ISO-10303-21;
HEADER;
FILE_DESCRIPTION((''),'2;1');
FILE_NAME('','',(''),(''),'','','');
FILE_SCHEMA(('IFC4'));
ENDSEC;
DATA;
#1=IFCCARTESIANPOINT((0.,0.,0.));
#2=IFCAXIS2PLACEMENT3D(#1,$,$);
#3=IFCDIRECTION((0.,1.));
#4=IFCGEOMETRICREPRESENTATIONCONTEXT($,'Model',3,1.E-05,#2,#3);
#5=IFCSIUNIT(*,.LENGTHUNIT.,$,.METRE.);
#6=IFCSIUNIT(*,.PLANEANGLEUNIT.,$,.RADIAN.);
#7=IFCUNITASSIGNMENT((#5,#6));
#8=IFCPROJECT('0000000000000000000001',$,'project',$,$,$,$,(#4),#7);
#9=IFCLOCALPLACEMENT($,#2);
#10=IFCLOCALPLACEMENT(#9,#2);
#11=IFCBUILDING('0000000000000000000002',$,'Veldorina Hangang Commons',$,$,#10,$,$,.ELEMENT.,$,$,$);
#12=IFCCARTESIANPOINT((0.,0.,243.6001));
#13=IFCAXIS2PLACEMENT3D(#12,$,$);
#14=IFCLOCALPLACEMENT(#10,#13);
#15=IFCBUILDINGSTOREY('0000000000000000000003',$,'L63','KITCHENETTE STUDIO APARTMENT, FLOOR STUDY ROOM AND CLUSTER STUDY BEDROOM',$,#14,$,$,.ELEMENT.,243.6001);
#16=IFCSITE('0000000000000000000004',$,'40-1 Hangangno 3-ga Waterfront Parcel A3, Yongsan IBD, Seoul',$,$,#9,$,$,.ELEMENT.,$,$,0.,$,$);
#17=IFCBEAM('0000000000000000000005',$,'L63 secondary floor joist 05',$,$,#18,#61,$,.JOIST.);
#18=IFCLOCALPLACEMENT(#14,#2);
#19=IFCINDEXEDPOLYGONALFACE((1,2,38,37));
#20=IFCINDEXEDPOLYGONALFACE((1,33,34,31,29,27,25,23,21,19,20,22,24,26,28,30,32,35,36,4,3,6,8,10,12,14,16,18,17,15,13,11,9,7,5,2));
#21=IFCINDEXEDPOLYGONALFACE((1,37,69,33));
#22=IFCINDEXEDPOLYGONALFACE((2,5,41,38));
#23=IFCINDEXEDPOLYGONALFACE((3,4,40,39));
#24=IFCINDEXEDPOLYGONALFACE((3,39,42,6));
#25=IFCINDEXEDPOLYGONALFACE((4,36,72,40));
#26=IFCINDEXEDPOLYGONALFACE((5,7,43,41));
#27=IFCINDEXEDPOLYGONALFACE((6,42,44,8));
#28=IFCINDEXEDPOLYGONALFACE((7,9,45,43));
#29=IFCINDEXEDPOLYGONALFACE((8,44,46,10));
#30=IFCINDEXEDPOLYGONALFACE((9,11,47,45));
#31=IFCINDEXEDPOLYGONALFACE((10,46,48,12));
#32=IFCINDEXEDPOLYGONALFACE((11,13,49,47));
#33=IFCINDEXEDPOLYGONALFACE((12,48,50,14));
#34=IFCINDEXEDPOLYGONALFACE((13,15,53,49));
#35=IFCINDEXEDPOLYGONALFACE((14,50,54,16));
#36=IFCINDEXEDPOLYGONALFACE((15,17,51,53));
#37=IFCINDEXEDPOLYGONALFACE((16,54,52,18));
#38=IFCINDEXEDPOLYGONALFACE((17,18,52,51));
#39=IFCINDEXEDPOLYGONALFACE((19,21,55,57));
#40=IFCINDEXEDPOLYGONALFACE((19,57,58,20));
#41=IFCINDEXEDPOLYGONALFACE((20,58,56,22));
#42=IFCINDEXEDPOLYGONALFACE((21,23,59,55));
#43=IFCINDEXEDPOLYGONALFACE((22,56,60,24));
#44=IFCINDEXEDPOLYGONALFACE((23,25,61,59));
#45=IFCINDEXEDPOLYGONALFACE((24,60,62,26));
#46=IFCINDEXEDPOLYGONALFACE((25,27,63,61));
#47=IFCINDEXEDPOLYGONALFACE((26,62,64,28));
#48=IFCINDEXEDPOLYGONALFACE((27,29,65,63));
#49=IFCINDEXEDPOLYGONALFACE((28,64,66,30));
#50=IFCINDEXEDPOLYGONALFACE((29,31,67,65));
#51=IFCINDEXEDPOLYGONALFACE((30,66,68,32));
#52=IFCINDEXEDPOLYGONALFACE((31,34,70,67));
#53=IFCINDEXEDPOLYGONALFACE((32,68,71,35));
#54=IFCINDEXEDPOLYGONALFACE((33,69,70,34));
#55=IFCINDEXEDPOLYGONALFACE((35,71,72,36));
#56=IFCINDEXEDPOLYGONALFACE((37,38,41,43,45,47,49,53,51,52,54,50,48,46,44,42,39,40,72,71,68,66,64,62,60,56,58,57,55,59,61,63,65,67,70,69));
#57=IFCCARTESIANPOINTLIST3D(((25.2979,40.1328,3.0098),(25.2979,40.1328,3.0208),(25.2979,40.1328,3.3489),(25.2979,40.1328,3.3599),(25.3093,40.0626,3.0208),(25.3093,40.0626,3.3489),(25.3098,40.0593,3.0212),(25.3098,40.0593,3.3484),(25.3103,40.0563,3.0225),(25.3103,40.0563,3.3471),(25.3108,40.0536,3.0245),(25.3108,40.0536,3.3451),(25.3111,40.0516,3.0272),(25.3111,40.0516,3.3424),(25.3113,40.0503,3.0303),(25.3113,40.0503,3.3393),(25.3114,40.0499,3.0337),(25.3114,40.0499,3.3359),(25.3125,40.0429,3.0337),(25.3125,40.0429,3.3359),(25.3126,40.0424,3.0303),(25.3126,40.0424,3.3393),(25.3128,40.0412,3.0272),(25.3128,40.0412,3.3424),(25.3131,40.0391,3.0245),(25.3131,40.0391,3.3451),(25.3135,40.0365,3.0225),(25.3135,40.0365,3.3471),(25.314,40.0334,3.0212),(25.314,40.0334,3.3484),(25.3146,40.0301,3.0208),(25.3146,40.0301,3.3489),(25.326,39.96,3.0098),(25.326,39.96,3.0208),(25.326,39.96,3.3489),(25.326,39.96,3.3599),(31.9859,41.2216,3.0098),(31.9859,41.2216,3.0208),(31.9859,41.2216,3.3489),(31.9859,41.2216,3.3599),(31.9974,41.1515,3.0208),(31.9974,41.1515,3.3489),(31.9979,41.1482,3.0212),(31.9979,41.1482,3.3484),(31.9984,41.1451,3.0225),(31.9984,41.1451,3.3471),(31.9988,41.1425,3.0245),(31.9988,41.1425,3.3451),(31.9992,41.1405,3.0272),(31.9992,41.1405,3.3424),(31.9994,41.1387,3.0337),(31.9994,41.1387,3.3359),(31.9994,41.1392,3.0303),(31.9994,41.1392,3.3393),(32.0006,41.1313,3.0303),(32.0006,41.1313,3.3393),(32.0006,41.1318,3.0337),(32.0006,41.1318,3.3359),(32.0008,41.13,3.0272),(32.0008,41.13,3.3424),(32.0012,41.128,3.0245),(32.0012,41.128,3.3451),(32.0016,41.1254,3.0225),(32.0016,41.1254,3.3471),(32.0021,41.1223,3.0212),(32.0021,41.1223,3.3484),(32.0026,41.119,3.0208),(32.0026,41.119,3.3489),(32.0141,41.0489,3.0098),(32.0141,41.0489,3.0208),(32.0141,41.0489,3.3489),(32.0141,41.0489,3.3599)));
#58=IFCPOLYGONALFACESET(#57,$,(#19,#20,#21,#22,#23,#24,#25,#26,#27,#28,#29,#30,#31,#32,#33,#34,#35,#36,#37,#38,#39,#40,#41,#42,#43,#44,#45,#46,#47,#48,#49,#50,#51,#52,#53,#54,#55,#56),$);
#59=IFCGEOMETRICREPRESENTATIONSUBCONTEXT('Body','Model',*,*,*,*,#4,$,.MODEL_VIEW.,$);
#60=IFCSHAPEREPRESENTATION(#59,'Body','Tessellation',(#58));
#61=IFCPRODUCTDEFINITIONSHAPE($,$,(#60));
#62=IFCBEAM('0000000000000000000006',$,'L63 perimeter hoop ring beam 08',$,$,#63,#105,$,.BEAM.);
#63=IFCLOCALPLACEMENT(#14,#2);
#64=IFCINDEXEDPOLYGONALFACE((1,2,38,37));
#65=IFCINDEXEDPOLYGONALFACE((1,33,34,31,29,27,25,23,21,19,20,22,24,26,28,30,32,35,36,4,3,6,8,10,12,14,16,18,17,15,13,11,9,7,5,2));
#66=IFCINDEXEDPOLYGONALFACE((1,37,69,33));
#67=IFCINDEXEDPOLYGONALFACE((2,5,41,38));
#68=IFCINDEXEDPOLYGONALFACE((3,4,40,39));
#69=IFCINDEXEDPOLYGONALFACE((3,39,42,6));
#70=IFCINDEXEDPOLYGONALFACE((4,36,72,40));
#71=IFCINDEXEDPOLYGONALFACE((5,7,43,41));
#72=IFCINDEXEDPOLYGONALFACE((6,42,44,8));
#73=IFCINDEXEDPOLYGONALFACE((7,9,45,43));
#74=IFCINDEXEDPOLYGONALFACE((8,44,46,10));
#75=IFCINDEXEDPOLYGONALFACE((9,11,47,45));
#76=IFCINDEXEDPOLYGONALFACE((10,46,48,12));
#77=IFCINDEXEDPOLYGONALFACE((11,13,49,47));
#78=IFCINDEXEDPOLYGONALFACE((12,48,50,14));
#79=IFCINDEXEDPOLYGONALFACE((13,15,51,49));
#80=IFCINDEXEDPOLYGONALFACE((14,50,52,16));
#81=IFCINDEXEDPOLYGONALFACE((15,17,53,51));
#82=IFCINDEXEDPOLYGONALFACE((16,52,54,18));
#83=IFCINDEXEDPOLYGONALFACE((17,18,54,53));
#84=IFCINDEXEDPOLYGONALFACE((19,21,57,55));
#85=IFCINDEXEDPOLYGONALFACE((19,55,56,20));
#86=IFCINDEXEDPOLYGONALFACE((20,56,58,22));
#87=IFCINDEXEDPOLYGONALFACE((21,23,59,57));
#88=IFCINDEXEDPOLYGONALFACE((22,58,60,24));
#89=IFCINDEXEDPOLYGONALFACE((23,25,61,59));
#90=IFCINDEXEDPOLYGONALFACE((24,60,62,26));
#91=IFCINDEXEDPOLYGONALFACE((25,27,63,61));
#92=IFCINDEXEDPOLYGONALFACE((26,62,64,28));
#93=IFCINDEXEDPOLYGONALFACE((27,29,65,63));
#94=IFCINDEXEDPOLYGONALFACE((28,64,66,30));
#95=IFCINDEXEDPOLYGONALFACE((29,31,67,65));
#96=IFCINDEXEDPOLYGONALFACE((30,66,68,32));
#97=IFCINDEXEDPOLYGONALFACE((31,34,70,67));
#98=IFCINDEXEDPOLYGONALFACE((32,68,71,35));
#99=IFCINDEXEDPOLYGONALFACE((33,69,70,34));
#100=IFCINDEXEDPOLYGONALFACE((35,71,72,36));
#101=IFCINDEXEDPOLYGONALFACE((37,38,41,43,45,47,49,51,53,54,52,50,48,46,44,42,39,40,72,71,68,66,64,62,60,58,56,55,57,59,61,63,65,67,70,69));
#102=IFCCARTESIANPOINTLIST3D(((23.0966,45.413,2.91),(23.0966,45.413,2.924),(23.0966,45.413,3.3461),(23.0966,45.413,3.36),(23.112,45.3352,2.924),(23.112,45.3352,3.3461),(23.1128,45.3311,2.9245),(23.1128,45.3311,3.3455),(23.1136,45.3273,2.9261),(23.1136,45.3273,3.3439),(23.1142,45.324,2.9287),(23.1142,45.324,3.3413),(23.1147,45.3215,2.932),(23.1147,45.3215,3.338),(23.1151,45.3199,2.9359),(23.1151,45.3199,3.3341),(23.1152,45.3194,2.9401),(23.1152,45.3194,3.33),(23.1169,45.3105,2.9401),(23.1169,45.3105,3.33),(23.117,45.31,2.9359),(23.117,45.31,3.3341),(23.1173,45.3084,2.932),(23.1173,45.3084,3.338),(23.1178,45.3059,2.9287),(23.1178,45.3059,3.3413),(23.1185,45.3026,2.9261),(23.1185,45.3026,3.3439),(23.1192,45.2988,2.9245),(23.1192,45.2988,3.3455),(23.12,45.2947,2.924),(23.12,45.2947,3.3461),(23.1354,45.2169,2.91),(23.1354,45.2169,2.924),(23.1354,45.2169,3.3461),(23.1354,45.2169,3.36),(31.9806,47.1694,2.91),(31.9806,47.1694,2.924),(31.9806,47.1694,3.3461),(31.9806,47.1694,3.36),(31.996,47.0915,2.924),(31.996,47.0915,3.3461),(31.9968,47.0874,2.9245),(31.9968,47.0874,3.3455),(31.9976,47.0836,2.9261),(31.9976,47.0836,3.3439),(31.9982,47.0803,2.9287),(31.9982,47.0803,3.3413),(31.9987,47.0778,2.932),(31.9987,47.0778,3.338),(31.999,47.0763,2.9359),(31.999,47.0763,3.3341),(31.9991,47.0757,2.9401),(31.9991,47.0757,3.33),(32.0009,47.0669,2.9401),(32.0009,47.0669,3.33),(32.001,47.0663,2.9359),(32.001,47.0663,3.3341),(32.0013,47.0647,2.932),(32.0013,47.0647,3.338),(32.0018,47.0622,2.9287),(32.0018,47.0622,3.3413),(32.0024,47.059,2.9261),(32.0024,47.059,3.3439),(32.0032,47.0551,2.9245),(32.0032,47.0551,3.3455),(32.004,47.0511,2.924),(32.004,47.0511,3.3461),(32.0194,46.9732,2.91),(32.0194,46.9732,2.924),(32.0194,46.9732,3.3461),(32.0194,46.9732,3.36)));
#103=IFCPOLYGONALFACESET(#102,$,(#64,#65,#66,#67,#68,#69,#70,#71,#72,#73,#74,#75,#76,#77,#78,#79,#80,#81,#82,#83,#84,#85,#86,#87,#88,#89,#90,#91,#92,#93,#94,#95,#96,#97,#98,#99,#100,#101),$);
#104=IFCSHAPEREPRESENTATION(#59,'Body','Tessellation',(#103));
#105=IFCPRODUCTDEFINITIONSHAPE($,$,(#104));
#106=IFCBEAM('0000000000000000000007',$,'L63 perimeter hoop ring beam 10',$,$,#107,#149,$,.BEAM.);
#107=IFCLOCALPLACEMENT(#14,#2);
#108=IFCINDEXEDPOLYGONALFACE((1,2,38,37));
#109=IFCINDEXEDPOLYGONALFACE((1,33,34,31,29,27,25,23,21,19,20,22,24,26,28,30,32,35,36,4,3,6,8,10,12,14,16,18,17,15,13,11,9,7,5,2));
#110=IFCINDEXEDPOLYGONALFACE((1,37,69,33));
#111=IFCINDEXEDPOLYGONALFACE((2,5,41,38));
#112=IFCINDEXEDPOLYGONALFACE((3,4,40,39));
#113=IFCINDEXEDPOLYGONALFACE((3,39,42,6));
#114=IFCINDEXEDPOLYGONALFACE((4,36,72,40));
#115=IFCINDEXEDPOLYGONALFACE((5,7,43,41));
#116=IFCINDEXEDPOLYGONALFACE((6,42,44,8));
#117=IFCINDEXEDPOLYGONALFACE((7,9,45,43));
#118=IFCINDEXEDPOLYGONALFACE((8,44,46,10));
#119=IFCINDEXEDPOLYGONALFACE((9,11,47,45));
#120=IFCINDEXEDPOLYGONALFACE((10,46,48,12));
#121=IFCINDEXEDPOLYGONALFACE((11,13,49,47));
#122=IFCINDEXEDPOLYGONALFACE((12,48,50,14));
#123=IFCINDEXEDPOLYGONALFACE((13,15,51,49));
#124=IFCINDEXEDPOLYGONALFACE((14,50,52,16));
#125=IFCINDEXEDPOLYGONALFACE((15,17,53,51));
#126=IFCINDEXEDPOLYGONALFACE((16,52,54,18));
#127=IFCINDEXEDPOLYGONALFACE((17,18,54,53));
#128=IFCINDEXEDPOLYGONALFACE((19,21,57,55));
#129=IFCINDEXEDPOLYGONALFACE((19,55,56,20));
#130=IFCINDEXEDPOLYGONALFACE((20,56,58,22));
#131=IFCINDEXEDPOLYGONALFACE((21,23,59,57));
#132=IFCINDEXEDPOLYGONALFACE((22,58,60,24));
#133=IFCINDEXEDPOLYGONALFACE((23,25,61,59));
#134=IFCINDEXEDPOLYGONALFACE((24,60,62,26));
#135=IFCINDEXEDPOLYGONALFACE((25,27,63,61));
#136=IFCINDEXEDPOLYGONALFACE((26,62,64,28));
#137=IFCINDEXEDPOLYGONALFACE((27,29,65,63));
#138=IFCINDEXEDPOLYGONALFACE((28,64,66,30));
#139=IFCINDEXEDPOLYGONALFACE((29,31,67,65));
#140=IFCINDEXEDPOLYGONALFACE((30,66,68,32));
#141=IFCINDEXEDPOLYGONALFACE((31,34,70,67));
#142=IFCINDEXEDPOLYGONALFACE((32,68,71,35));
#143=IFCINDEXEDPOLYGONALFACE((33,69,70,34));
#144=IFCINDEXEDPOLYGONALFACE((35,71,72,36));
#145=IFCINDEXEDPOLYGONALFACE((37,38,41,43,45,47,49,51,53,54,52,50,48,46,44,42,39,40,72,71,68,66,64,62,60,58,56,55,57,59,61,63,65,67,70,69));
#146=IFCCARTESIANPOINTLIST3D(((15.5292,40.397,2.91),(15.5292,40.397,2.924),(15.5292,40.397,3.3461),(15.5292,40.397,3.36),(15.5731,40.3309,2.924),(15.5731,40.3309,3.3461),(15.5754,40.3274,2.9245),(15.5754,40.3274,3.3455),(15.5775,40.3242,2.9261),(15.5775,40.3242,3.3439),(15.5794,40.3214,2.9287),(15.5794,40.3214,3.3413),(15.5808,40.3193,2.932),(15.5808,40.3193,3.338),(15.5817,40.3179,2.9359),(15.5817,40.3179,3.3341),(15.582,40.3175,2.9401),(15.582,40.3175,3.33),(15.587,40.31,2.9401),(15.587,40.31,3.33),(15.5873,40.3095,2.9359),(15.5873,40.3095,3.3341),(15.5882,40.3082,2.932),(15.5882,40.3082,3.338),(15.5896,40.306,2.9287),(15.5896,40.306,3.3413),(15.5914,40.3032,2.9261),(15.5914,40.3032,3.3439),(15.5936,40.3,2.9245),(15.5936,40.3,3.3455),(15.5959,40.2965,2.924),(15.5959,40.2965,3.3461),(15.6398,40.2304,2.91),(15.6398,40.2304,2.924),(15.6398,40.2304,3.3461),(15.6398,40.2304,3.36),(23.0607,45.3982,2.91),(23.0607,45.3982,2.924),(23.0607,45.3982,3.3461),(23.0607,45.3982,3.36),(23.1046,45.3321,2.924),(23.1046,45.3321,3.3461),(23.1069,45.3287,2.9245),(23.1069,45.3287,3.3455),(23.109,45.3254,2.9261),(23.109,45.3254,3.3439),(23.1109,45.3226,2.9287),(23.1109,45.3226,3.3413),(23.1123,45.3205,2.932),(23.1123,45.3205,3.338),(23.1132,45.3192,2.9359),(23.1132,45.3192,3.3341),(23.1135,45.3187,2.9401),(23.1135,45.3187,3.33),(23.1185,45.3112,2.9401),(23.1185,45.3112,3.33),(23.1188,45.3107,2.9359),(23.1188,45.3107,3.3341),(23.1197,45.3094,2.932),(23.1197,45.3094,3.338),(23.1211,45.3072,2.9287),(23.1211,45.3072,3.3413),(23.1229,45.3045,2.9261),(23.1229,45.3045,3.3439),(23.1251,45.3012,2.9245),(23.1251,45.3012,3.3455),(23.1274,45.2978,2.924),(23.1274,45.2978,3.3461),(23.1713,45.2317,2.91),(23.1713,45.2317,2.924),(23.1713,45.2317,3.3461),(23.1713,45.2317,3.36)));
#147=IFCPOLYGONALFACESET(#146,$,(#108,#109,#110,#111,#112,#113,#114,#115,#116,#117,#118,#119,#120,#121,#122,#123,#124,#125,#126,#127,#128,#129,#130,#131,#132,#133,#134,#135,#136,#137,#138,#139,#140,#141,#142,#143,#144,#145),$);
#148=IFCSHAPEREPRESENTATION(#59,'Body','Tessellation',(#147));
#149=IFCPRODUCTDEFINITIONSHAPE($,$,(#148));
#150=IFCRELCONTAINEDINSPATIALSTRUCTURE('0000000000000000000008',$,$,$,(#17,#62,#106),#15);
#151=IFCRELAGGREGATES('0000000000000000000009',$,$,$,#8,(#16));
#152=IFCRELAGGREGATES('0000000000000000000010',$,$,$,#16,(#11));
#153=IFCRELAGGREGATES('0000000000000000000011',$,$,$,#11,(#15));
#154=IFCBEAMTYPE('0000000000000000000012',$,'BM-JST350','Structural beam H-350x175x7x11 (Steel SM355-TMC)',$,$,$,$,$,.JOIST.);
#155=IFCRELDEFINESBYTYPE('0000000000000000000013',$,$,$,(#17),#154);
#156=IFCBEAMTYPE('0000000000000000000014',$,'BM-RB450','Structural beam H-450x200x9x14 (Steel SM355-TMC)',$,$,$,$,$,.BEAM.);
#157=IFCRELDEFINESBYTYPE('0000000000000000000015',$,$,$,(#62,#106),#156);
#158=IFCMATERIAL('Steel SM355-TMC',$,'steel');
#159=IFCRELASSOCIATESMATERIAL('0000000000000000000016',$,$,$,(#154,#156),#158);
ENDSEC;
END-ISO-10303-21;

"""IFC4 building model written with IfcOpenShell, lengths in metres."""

from ifc_helpers import new_model, si_unit, direction, frame, origin, origin_2d, place, context, subcontext, project, spatial, i_section, extrude, material, material_profile, profile_set, type_object, element, save


model = new_model("IFC4")

# Units and contexts
model_context = context("Model", 3, precision=1e-05, world=origin(), true_north=direction((0.0, 1.0)))
body_context = subcontext(model_context, "Body", "Model", "MODEL_VIEW")
ifc_project = project(units=[si_unit("LENGTHUNIT", "METRE"), si_unit("PLANEANGLEUNIT", "RADIAN")], contexts=[model_context])

# Site, building, storey
site_placement = place(None, origin())
site = spatial("IfcSite", under=ifc_project, at=site_placement, Name="40-1 Hangangno 3-ga Waterfront Parcel A3, Yongsan IBD, Seoul", CompositionType="ELEMENT", RefElevation=0.0)
building_placement = place(site_placement, origin())
building = spatial("IfcBuilding", under=site, at=building_placement, Name="Veldorina Hangang Commons", CompositionType="ELEMENT")
storey_placement = place(building_placement, frame((0.0, 0.0, 243.6001)))
storey = spatial("IfcBuildingStorey", under=building, at=storey_placement, Name="L63", Description="KITCHENETTE STUDIO APARTMENT, FLOOR STUDY ROOM AND CLUSTER STUDY BEDROOM", CompositionType="ELEMENT", Elevation=243.6001)

# Beams
ifc_material_1 = material(Name="Steel SM355-TMC", Category="steel")
ifc_material_profile_1 = material_profile(ifc_material_1, i_section(OverallWidth=0.175, OverallDepth=0.3501, WebThickness=0.0071, FlangeThickness=0.011, FilletRadius=0.0129, at=origin_2d()), Name="H-350x175x7x11")
ifc_profile_set_1 = profile_set([ifc_material_profile_1], Name="Steel SM355-TMC")
beam_type_1 = type_object("IfcBeamType", Name="BM-JST350", Description="Structural beam H-350x175x7x11 (Steel SM355-TMC)", PredefinedType="JOIST", material=ifc_profile_set_1)
beam_1_placement = place(storey_placement, frame((32.0, 41.1353, 3.1848), z_axis=(-0.987004, -0.160694, 0.0), x_axis=(0.160694, -0.987004, 0.0)))
element("IfcBeam", 1, at=beam_1_placement, inside=storey, type_object=beam_type_1, Name="L63 secondary floor joist 05", PredefinedType="JOIST", context=body_context, shape_type="SweptSolid", body=[
    extrude(i_section(OverallWidth=0.175, OverallDepth=0.3501, WebThickness=0.0071, FlangeThickness=0.011, FilletRadius=0.0129, at=origin_2d()), origin(), (0.0, 0.0, 1.0), 6.7761),
])
ifc_material_profile_2 = material_profile(ifc_material_1, i_section(OverallWidth=0.2, OverallDepth=0.45, WebThickness=0.009, FlangeThickness=0.0139, FilletRadius=0.0161, at=origin_2d()), Name="H-450x200x9x14")
ifc_profile_set_2 = profile_set([ifc_material_profile_2], Name="Steel SM355-TMC")
beam_type_2 = type_object("IfcBeamType", Name="BM-RB450", Description="Structural beam H-450x200x9x14 (Steel SM355-TMC)", PredefinedType="BEAM", material=ifc_profile_set_2)
beam_2_placement = place(storey_placement, frame((32.0, 47.0713, 3.135), z_axis=(-0.981013, -0.193943, 0.0), x_axis=(0.193943, -0.981013, 0.0)))
element("IfcBeam", 2, at=beam_2_placement, inside=storey, type_object=beam_type_2, Name="L63 perimeter hoop ring beam 08", PredefinedType="BEAM", context=body_context, shape_type="SweptSolid", body=[
    extrude(i_section(OverallWidth=0.2, OverallDepth=0.45, WebThickness=0.009, FlangeThickness=0.0139, FilletRadius=0.0161, at=origin_2d()), origin(), (0.0, 0.0, 1.0), 9.0559),
])
beam_3_placement = place(storey_placement, frame((23.116, 45.3149, 3.135), z_axis=(-0.833058, -0.553185, 0.0), x_axis=(0.553185, -0.833058, 0.0)))
element("IfcBeam", 3, at=beam_3_placement, inside=storey, type_object=beam_type_2, Name="L63 perimeter hoop ring beam 10", PredefinedType="BEAM", context=body_context, shape_type="SweptSolid", body=[
    extrude(i_section(OverallWidth=0.2, OverallDepth=0.45, WebThickness=0.009, FlangeThickness=0.0139, FilletRadius=0.0161, at=origin_2d()), origin(), (0.0, 0.0, 1.0), 9.0408),
])

save(model, "model.ifc")
